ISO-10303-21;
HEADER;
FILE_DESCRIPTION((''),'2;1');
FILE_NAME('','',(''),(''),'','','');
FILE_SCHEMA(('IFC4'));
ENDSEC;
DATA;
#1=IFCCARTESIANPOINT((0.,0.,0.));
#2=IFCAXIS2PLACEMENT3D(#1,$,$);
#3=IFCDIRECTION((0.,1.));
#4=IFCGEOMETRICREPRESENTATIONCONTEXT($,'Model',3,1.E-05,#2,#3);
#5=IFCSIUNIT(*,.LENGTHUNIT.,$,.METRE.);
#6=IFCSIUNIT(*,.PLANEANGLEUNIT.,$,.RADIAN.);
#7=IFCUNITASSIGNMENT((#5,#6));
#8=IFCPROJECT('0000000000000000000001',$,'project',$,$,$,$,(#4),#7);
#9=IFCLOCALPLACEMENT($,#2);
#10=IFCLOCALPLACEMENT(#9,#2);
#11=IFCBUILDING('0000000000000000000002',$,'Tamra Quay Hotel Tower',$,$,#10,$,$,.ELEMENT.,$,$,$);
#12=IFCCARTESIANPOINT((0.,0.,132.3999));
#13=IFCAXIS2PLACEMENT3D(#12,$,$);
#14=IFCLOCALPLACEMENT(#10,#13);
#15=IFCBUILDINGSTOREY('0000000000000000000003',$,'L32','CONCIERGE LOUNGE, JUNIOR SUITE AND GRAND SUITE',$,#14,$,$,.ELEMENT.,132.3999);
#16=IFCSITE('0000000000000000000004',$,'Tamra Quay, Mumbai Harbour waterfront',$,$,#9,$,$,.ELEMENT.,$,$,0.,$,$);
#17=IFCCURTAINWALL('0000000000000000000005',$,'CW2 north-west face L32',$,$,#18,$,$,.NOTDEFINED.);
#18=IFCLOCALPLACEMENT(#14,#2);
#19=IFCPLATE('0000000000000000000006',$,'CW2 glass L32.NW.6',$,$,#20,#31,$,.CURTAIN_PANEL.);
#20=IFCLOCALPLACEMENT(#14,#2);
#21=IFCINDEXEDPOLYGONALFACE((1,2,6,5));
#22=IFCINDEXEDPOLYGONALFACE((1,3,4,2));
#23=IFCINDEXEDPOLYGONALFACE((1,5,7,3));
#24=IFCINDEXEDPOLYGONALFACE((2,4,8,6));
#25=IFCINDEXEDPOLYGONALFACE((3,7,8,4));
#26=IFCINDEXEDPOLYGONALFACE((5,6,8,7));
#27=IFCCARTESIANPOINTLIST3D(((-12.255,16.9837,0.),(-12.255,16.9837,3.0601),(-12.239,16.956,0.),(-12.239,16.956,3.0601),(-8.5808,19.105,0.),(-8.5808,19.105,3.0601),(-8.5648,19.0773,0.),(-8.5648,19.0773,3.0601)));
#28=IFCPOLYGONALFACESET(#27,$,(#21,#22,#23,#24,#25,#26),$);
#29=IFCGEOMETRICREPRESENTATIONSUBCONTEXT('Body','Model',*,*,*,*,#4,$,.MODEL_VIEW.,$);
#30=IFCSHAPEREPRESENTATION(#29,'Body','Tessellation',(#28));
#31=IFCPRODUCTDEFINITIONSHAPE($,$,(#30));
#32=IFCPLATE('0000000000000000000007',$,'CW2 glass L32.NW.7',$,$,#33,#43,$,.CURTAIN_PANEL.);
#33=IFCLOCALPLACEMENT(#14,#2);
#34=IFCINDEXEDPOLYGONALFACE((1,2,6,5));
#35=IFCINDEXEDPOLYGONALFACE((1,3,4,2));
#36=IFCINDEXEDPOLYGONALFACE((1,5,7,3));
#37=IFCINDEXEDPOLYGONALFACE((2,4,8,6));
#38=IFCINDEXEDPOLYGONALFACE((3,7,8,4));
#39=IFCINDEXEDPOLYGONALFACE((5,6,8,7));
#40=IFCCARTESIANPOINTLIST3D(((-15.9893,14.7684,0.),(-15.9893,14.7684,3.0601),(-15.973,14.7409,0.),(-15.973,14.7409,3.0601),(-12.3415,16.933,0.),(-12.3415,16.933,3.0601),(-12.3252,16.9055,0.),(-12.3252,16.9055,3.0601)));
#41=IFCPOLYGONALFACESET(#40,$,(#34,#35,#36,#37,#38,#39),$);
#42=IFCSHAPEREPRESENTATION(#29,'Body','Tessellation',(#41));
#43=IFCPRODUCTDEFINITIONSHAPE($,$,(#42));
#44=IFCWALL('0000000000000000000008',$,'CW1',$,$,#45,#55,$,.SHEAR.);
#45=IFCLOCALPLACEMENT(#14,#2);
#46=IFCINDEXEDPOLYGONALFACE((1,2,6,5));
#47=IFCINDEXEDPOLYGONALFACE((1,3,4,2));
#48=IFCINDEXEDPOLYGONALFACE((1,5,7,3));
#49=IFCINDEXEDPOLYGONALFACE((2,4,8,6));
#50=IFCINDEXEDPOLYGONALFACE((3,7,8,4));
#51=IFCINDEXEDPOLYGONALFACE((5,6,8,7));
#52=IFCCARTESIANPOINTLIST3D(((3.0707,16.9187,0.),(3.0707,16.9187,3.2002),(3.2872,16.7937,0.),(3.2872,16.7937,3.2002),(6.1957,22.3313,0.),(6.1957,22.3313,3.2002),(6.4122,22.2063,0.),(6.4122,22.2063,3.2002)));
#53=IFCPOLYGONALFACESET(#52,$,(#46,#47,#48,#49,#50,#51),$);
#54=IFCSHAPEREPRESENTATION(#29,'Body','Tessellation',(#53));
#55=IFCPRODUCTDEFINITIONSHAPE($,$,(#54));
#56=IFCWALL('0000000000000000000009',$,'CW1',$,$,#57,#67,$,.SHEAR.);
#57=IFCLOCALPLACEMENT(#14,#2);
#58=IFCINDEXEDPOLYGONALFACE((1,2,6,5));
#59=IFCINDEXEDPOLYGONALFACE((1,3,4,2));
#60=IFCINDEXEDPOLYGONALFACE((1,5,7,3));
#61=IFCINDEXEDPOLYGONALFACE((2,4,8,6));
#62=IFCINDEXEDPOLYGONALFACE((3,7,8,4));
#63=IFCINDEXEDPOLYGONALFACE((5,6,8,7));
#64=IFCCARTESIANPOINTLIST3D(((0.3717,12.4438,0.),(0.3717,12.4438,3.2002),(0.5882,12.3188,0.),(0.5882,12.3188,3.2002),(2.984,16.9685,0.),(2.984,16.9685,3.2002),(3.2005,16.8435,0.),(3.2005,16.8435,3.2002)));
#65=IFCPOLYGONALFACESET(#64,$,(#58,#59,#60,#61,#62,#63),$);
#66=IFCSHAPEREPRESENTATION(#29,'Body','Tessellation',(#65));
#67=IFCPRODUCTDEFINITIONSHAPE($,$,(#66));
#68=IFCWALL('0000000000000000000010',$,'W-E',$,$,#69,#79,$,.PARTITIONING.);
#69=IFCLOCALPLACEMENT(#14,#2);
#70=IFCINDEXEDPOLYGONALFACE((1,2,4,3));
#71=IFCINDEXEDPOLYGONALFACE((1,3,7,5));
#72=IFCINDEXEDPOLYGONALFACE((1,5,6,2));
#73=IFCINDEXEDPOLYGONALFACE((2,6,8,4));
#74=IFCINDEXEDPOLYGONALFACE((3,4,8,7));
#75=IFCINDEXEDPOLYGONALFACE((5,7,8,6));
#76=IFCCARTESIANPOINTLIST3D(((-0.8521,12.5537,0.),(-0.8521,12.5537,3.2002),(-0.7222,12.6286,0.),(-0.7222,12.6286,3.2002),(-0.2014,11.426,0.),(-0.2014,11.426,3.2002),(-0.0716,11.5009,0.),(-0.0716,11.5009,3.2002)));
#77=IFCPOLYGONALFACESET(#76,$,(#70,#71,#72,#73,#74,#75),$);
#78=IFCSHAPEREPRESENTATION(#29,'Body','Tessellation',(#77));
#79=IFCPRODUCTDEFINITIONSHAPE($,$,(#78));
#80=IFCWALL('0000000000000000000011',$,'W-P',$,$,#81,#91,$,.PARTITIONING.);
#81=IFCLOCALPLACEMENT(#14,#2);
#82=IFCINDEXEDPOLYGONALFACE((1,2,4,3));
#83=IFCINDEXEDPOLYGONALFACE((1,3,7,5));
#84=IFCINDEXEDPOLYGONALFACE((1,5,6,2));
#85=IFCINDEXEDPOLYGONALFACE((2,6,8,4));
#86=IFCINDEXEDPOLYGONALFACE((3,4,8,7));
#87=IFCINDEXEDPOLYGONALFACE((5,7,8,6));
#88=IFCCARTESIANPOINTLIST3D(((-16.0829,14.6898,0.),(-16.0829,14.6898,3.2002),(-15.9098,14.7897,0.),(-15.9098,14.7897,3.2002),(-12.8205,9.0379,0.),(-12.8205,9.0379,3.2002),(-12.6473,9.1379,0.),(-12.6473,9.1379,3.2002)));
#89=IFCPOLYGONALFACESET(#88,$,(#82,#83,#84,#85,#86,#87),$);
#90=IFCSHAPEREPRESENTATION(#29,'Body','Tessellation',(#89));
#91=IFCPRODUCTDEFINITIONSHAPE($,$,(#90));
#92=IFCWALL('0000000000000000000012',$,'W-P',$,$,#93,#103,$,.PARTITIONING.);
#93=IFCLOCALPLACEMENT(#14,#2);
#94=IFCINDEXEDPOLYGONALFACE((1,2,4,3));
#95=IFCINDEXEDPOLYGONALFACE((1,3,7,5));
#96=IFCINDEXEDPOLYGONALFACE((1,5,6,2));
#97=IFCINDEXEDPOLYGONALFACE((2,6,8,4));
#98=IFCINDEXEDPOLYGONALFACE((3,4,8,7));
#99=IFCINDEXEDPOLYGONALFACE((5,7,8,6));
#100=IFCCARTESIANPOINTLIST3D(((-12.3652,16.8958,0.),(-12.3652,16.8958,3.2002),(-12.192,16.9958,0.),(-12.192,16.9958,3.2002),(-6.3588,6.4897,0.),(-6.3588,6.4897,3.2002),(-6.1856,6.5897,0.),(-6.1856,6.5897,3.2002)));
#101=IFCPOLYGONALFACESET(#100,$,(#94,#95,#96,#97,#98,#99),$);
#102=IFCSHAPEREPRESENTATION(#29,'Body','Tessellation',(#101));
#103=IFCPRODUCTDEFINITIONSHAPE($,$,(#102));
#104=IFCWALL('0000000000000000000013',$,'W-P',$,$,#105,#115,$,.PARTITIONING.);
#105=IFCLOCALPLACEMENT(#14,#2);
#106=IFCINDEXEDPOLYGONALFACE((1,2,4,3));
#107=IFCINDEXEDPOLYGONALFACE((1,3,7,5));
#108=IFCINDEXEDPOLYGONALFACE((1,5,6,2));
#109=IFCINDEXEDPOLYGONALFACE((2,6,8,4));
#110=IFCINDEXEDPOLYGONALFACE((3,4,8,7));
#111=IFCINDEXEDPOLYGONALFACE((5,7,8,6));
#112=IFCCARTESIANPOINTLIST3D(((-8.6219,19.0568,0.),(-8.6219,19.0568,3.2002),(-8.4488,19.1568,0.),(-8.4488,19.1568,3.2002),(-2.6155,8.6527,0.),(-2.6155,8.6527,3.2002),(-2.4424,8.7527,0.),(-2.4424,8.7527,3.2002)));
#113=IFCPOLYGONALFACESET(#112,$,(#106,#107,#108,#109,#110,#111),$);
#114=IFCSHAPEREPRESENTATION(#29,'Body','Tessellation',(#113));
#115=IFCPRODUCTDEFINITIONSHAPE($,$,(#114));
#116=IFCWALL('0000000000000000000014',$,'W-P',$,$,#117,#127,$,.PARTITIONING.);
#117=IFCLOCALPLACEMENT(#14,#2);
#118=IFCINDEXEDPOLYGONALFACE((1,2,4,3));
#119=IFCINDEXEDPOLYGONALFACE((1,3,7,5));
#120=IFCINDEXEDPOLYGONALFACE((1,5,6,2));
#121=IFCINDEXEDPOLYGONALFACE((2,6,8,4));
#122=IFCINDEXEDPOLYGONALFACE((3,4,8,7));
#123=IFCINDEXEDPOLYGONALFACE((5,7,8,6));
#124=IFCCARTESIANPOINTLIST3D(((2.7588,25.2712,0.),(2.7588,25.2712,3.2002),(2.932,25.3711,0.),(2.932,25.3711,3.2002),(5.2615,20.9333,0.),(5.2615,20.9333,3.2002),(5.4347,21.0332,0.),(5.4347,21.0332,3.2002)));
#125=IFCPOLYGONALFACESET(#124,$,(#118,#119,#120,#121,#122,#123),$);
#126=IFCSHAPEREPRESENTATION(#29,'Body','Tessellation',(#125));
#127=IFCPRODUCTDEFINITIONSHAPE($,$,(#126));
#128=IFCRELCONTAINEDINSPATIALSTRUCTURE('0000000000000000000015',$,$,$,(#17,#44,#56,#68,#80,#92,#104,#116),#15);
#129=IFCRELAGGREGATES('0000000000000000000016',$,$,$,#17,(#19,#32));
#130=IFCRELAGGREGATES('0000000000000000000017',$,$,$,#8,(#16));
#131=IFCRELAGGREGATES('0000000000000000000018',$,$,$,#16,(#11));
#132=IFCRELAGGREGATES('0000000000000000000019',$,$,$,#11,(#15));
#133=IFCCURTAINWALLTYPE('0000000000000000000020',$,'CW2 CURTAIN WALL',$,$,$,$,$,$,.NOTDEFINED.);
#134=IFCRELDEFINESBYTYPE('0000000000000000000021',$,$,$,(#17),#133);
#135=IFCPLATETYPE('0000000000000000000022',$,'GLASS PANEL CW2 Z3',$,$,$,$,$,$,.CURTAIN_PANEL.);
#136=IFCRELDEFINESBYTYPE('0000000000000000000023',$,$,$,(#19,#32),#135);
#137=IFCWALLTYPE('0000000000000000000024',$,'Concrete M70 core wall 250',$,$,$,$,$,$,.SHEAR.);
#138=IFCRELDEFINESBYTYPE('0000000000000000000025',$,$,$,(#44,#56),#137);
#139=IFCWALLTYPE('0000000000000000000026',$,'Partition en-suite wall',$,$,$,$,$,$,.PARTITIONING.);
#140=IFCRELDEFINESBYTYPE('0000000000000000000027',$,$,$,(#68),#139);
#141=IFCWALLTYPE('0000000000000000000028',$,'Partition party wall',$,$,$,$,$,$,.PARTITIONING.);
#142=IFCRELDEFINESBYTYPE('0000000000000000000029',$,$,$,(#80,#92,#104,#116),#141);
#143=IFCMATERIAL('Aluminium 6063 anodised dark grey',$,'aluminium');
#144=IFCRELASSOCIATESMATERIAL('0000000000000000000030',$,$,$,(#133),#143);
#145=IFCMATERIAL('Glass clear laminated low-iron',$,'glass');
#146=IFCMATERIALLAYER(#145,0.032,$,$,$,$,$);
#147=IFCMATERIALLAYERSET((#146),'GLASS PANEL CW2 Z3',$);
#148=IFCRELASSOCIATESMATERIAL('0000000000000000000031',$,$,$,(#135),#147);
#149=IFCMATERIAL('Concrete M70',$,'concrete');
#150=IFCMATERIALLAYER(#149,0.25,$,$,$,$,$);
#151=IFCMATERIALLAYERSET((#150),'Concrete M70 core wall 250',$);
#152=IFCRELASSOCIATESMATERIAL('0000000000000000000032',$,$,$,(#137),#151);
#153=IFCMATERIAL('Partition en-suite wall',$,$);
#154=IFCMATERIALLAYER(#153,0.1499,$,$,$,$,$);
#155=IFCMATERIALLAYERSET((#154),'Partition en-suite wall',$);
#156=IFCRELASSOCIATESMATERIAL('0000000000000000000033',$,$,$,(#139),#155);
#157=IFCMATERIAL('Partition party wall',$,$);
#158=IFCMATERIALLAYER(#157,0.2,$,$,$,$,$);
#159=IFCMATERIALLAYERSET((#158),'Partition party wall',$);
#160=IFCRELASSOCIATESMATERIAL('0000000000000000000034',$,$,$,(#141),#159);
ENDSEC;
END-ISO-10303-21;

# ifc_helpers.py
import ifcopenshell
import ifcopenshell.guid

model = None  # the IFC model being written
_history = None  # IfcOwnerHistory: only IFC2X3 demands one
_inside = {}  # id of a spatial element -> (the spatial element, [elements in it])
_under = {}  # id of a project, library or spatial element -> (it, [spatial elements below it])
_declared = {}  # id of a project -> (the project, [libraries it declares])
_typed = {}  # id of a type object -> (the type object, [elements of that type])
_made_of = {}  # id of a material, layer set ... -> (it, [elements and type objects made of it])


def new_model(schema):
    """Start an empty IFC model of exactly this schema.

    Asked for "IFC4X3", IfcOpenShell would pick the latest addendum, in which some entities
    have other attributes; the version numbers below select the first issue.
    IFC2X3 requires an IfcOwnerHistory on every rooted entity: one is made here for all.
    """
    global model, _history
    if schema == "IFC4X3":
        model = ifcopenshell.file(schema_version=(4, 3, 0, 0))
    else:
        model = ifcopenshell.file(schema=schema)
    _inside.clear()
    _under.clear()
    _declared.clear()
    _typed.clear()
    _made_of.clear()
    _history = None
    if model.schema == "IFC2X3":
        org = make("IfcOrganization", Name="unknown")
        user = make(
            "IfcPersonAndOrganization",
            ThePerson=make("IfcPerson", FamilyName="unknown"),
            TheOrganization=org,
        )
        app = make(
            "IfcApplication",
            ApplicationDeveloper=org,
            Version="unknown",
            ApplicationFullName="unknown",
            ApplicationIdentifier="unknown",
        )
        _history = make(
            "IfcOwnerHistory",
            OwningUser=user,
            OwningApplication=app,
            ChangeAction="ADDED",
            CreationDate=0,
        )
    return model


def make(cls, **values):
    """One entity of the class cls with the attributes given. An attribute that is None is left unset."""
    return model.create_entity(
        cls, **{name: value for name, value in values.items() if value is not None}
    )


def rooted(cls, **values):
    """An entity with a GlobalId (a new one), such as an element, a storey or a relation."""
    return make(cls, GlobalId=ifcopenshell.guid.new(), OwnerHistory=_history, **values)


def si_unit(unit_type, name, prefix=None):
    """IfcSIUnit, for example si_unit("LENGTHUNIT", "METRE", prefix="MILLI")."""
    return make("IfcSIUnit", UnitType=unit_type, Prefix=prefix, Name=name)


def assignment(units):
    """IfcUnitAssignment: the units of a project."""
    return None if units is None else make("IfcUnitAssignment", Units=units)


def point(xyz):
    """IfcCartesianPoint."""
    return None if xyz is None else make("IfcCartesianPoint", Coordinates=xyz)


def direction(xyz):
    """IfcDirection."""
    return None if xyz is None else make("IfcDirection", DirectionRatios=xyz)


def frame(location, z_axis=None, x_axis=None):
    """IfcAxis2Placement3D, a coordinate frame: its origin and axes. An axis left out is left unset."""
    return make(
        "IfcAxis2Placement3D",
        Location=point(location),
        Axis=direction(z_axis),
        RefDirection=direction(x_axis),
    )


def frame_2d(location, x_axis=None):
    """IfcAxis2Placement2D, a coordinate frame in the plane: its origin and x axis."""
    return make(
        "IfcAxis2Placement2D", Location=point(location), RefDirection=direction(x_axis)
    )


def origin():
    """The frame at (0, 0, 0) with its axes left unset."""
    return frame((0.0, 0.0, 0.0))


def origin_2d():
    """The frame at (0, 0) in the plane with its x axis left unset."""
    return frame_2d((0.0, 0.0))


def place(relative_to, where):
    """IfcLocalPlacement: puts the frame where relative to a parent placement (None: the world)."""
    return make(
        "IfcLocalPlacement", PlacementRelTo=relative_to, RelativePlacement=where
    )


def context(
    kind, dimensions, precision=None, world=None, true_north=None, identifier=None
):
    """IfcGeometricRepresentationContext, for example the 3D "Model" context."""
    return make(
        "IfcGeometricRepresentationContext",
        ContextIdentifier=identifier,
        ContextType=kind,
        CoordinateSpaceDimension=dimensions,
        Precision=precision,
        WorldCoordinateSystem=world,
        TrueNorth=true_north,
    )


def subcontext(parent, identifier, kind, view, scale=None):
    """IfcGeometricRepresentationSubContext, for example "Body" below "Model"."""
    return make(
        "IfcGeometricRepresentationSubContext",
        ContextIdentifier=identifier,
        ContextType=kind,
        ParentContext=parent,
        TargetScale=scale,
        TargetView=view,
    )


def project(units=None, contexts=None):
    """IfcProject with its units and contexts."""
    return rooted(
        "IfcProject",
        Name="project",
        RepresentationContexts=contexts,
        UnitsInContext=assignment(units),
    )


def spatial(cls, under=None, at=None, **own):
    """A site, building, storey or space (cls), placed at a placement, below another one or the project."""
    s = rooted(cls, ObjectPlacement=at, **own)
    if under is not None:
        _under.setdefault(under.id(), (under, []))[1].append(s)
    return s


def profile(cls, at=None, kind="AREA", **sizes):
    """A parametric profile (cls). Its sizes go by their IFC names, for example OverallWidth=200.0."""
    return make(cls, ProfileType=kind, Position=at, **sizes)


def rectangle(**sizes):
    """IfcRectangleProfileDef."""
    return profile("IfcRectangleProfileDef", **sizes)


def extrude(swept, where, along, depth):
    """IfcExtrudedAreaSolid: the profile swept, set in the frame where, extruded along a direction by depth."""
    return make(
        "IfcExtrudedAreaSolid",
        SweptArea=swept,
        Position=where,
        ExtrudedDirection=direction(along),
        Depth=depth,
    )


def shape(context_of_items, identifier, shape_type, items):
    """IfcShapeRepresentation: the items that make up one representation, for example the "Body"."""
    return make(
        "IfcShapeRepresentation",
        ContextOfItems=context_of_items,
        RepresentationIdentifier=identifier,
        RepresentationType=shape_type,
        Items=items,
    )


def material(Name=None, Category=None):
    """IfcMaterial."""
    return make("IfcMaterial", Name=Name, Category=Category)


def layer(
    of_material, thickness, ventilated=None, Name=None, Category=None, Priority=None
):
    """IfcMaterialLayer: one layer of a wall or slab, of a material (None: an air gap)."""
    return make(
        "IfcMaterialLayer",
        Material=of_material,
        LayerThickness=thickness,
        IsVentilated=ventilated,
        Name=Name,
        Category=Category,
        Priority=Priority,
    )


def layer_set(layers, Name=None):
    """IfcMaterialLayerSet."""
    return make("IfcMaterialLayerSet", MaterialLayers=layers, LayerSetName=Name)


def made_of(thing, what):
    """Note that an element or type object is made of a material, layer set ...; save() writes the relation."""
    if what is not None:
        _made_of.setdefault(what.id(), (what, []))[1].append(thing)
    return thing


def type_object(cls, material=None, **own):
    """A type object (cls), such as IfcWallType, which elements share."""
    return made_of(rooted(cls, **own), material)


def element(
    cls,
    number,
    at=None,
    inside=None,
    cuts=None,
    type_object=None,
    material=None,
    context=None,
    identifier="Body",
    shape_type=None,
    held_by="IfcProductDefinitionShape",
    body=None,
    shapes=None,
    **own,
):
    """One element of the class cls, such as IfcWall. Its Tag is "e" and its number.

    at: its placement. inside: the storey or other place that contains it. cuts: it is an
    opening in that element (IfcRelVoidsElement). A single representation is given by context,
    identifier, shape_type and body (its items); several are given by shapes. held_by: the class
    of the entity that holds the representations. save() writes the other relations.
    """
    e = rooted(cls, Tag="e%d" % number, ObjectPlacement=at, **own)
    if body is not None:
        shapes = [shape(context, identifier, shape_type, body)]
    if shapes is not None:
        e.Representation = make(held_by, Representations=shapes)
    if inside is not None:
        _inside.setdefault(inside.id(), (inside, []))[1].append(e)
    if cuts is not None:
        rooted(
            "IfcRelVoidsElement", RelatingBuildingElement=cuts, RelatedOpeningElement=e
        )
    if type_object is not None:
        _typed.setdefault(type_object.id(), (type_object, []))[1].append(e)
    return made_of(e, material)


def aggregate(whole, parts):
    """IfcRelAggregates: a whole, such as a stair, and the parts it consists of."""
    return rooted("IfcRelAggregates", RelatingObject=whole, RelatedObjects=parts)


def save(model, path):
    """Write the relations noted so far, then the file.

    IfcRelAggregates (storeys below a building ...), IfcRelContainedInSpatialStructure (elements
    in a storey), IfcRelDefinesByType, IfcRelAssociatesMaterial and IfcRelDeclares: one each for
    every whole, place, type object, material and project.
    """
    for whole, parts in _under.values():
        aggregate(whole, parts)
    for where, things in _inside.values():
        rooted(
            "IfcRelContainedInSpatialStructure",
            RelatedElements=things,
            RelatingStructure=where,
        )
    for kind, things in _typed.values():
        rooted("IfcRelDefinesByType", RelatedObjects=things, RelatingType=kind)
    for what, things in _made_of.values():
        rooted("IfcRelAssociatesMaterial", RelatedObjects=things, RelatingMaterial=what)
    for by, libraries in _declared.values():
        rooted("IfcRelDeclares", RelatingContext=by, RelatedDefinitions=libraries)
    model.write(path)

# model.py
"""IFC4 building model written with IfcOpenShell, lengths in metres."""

from ifc_helpers import new_model, si_unit, direction, frame, frame_2d, origin, origin_2d, place, context, subcontext, project, spatial, rectangle, extrude, material, layer, layer_set, type_object, element, aggregate, save


model = new_model("IFC4")

# Units and contexts
model_context = context("Model", 3, precision=1e-05, world=origin(), true_north=direction((0.0, 1.0)))
body_context = subcontext(model_context, "Body", "Model", "MODEL_VIEW")
ifc_project = project(units=[si_unit("LENGTHUNIT", "METRE"), si_unit("PLANEANGLEUNIT", "RADIAN")], contexts=[model_context])

# Site, building, storey
site_placement = place(None, origin())
site = spatial("IfcSite", under=ifc_project, at=site_placement, Name="Tamra Quay, Mumbai Harbour waterfront", CompositionType="ELEMENT", RefElevation=0.0)
building_placement = place(site_placement, origin())
building = spatial("IfcBuilding", under=site, at=building_placement, Name="Tamra Quay Hotel Tower", CompositionType="ELEMENT")
storey_placement = place(building_placement, frame((0.0, 0.0, 132.3999)))
storey = spatial("IfcBuildingStorey", under=building, at=storey_placement, Name="L32", Description="CONCIERGE LOUNGE, JUNIOR SUITE AND GRAND SUITE", CompositionType="ELEMENT", Elevation=132.3999)

# Shared definitions
ifc_material_1 = material(Name="Concrete M70", Category="concrete")

# Curtain wall, plates
ifc_material_2 = material(Name="Aluminium 6063 anodised dark grey", Category="aluminium")
curtain_wall_type = type_object("IfcCurtainWallType", Name="CW2 CURTAIN WALL", PredefinedType="NOTDEFINED", material=ifc_material_2)
curtain_wall_placement = place(storey_placement, origin())
curtain_wall = element("IfcCurtainWall", 1, at=curtain_wall_placement, inside=storey, type_object=curtain_wall_type, Name="CW2 north-west face L32", PredefinedType="NOTDEFINED")
ifc_material_3 = material(Name="Glass clear laminated low-iron", Category="glass")
ifc_layer_1 = layer(ifc_material_3, 0.032)
ifc_layer_set_1 = layer_set([ifc_layer_1], Name="GLASS PANEL CW2 Z3")
plate_type = type_object("IfcPlateType", Name="GLASS PANEL CW2 Z3", PredefinedType="CURTAIN_PANEL", material=ifc_layer_set_1)
plate_1_placement = place(storey_placement, frame((-10.4099, 18.0305, 0.0), z_axis=(0.0, 0.0, 1.0), x_axis=(-0.866025, -0.5, 0.0)))
plate_1 = element("IfcPlate", 2, at=plate_1_placement, type_object=plate_type, Name="CW2 glass L32.NW.6", PredefinedType="CURTAIN_PANEL", context=body_context, shape_type="SweptSolid", body=[
    extrude(rectangle(XDim=4.2427, YDim=0.032, at=origin_2d()), origin(), (0.0, 0.0, 1.0), 3.0601),
])
plate_2_placement = place(storey_placement, frame((-14.1572, 15.8369, 0.0), z_axis=(0.0, 0.0, 1.0), x_axis=(-0.859985, -0.510319, 0.0)))
plate_2 = element("IfcPlate", 3, at=plate_2_placement, type_object=plate_type, Name="CW2 glass L32.NW.7", PredefinedType="CURTAIN_PANEL", context=body_context, shape_type="SweptSolid", body=[
    extrude(rectangle(XDim=4.2417, YDim=0.032, at=origin_2d()), origin(), (0.0, 0.0, 1.0), 3.0601),
])
aggregate(curtain_wall, [plate_1, plate_2])

# Walls
ifc_layer_2 = layer(ifc_material_1, 0.25)
ifc_layer_set_2 = layer_set([ifc_layer_2], Name="Concrete M70 core wall 250")
wall_type_1 = type_object("IfcWallType", Name="Concrete M70 core wall 250", PredefinedType="SHEAR", material=ifc_layer_set_2)
wall_1_placement = place(storey_placement, frame((3.179, 16.8562, 0.0), z_axis=(0.0, 0.0, 1.0), x_axis=(0.500004, 0.866023, 0.0)))
element("IfcWall", 4, at=wall_1_placement, inside=storey, type_object=wall_type_1, Name="CW1", PredefinedType="SHEAR", context=body_context, shape_type="SweptSolid", body=[
    extrude(rectangle(XDim=6.25, YDim=0.25, at=frame_2d((3.125, 0.0))), origin(), (0.0, 0.0, 1.0), 3.2002),
])
wall_2_placement = place(storey_placement, frame((0.48, 12.3813, 0.0), z_axis=(0.0, 0.0, 1.0), x_axis=(0.499999, 0.866026, 0.0)))
element("IfcWall", 5, at=wall_2_placement, inside=storey, type_object=wall_type_1, Name="CW1", PredefinedType="SHEAR", context=body_context, shape_type="SweptSolid", body=[
    extrude(rectangle(XDim=5.2246, YDim=0.25, at=frame_2d((2.6123, 0.0))), origin(), (0.0, 0.0, 1.0), 3.2002),
])
ifc_material_4 = material(Name="Partition en-suite wall")
ifc_layer_3 = layer(ifc_material_4, 0.1499)
ifc_layer_set_3 = layer_set([ifc_layer_3], Name="Partition en-suite wall")
wall_type_2 = type_object("IfcWallType", Name="Partition en-suite wall", PredefinedType="PARTITIONING", material=ifc_layer_set_3)
wall_3_placement = place(storey_placement, frame((-0.7871, 12.5911, 0.0), z_axis=(0.0, 0.0, 1.0), x_axis=(0.49975, -0.86617, 0.0)))
element("IfcWall", 6, at=wall_3_placement, inside=storey, type_object=wall_type_2, Name="W-E", PredefinedType="PARTITIONING", context=body_context, shape_type="SweptSolid", body=[
    extrude(rectangle(XDim=1.302, YDim=0.1499, at=frame_2d((0.6509, 0.0))), origin(), (0.0, 0.0, 1.0), 3.2002),
])
ifc_material_5 = material(Name="Partition party wall")
ifc_layer_4 = layer(ifc_material_5, 0.2)
ifc_layer_set_4 = layer_set([ifc_layer_4], Name="Partition party wall")
wall_type_3 = type_object("IfcWallType", Name="Partition party wall", PredefinedType="PARTITIONING", material=ifc_layer_set_4)
wall_4_placement = place(storey_placement, frame((-15.9963, 14.7397, 0.0), z_axis=(0.0, 0.0, 1.0), x_axis=(0.499925, -0.866068, 0.0)))
element("IfcWall", 7, at=wall_4_placement, inside=storey, type_object=wall_type_3, Name="W-P", PredefinedType="PARTITIONING", context=body_context, shape_type="SweptSolid", body=[
    extrude(rectangle(XDim=6.5259, YDim=0.2, at=frame_2d((3.2629, 0.0))), origin(), (0.0, 0.0, 1.0), 3.2002),
])
wall_5_placement = place(storey_placement, frame((-12.2786, 16.9458, 0.0), z_axis=(0.0, 0.0, 1.0), x_axis=(0.499902, -0.866082, 0.0)))
element("IfcWall", 8, at=wall_5_placement, inside=storey, type_object=wall_type_3, Name="W-P", PredefinedType="PARTITIONING", context=body_context, shape_type="SweptSolid", body=[
    extrude(rectangle(XDim=12.0151, YDim=0.2, at=frame_2d((6.0076, 0.0))), origin(), (0.0, 0.0, 1.0), 3.2002),
])
wall_6_placement = place(storey_placement, frame((-8.5354, 19.1069, 0.0), z_axis=(0.0, 0.0, 1.0), x_axis=(0.499973, -0.866041, 0.0)))
element("IfcWall", 9, at=wall_6_placement, inside=storey, type_object=wall_type_3, Name="W-P", PredefinedType="PARTITIONING", context=body_context, shape_type="SweptSolid", body=[
    extrude(rectangle(XDim=12.0134, YDim=0.2, at=frame_2d((6.0068, 0.0))), origin(), (0.0, 0.0, 1.0), 3.2002),
])
wall_7_placement = place(storey_placement, frame((2.8455, 25.321, 0.0), z_axis=(0.0, 0.0, 1.0), x_axis=(0.499731, -0.866181, 0.0)))
element("IfcWall", 10, at=wall_7_placement, inside=storey, type_object=wall_type_3, Name="W-P", PredefinedType="PARTITIONING", context=body_context, shape_type="SweptSolid", body=[
    extrude(rectangle(XDim=5.0081, YDim=0.2, at=frame_2d((2.5039, 0.0))), origin(), (0.0, 0.0, 1.0), 3.2002),
])

save(model, "model.ifc")
